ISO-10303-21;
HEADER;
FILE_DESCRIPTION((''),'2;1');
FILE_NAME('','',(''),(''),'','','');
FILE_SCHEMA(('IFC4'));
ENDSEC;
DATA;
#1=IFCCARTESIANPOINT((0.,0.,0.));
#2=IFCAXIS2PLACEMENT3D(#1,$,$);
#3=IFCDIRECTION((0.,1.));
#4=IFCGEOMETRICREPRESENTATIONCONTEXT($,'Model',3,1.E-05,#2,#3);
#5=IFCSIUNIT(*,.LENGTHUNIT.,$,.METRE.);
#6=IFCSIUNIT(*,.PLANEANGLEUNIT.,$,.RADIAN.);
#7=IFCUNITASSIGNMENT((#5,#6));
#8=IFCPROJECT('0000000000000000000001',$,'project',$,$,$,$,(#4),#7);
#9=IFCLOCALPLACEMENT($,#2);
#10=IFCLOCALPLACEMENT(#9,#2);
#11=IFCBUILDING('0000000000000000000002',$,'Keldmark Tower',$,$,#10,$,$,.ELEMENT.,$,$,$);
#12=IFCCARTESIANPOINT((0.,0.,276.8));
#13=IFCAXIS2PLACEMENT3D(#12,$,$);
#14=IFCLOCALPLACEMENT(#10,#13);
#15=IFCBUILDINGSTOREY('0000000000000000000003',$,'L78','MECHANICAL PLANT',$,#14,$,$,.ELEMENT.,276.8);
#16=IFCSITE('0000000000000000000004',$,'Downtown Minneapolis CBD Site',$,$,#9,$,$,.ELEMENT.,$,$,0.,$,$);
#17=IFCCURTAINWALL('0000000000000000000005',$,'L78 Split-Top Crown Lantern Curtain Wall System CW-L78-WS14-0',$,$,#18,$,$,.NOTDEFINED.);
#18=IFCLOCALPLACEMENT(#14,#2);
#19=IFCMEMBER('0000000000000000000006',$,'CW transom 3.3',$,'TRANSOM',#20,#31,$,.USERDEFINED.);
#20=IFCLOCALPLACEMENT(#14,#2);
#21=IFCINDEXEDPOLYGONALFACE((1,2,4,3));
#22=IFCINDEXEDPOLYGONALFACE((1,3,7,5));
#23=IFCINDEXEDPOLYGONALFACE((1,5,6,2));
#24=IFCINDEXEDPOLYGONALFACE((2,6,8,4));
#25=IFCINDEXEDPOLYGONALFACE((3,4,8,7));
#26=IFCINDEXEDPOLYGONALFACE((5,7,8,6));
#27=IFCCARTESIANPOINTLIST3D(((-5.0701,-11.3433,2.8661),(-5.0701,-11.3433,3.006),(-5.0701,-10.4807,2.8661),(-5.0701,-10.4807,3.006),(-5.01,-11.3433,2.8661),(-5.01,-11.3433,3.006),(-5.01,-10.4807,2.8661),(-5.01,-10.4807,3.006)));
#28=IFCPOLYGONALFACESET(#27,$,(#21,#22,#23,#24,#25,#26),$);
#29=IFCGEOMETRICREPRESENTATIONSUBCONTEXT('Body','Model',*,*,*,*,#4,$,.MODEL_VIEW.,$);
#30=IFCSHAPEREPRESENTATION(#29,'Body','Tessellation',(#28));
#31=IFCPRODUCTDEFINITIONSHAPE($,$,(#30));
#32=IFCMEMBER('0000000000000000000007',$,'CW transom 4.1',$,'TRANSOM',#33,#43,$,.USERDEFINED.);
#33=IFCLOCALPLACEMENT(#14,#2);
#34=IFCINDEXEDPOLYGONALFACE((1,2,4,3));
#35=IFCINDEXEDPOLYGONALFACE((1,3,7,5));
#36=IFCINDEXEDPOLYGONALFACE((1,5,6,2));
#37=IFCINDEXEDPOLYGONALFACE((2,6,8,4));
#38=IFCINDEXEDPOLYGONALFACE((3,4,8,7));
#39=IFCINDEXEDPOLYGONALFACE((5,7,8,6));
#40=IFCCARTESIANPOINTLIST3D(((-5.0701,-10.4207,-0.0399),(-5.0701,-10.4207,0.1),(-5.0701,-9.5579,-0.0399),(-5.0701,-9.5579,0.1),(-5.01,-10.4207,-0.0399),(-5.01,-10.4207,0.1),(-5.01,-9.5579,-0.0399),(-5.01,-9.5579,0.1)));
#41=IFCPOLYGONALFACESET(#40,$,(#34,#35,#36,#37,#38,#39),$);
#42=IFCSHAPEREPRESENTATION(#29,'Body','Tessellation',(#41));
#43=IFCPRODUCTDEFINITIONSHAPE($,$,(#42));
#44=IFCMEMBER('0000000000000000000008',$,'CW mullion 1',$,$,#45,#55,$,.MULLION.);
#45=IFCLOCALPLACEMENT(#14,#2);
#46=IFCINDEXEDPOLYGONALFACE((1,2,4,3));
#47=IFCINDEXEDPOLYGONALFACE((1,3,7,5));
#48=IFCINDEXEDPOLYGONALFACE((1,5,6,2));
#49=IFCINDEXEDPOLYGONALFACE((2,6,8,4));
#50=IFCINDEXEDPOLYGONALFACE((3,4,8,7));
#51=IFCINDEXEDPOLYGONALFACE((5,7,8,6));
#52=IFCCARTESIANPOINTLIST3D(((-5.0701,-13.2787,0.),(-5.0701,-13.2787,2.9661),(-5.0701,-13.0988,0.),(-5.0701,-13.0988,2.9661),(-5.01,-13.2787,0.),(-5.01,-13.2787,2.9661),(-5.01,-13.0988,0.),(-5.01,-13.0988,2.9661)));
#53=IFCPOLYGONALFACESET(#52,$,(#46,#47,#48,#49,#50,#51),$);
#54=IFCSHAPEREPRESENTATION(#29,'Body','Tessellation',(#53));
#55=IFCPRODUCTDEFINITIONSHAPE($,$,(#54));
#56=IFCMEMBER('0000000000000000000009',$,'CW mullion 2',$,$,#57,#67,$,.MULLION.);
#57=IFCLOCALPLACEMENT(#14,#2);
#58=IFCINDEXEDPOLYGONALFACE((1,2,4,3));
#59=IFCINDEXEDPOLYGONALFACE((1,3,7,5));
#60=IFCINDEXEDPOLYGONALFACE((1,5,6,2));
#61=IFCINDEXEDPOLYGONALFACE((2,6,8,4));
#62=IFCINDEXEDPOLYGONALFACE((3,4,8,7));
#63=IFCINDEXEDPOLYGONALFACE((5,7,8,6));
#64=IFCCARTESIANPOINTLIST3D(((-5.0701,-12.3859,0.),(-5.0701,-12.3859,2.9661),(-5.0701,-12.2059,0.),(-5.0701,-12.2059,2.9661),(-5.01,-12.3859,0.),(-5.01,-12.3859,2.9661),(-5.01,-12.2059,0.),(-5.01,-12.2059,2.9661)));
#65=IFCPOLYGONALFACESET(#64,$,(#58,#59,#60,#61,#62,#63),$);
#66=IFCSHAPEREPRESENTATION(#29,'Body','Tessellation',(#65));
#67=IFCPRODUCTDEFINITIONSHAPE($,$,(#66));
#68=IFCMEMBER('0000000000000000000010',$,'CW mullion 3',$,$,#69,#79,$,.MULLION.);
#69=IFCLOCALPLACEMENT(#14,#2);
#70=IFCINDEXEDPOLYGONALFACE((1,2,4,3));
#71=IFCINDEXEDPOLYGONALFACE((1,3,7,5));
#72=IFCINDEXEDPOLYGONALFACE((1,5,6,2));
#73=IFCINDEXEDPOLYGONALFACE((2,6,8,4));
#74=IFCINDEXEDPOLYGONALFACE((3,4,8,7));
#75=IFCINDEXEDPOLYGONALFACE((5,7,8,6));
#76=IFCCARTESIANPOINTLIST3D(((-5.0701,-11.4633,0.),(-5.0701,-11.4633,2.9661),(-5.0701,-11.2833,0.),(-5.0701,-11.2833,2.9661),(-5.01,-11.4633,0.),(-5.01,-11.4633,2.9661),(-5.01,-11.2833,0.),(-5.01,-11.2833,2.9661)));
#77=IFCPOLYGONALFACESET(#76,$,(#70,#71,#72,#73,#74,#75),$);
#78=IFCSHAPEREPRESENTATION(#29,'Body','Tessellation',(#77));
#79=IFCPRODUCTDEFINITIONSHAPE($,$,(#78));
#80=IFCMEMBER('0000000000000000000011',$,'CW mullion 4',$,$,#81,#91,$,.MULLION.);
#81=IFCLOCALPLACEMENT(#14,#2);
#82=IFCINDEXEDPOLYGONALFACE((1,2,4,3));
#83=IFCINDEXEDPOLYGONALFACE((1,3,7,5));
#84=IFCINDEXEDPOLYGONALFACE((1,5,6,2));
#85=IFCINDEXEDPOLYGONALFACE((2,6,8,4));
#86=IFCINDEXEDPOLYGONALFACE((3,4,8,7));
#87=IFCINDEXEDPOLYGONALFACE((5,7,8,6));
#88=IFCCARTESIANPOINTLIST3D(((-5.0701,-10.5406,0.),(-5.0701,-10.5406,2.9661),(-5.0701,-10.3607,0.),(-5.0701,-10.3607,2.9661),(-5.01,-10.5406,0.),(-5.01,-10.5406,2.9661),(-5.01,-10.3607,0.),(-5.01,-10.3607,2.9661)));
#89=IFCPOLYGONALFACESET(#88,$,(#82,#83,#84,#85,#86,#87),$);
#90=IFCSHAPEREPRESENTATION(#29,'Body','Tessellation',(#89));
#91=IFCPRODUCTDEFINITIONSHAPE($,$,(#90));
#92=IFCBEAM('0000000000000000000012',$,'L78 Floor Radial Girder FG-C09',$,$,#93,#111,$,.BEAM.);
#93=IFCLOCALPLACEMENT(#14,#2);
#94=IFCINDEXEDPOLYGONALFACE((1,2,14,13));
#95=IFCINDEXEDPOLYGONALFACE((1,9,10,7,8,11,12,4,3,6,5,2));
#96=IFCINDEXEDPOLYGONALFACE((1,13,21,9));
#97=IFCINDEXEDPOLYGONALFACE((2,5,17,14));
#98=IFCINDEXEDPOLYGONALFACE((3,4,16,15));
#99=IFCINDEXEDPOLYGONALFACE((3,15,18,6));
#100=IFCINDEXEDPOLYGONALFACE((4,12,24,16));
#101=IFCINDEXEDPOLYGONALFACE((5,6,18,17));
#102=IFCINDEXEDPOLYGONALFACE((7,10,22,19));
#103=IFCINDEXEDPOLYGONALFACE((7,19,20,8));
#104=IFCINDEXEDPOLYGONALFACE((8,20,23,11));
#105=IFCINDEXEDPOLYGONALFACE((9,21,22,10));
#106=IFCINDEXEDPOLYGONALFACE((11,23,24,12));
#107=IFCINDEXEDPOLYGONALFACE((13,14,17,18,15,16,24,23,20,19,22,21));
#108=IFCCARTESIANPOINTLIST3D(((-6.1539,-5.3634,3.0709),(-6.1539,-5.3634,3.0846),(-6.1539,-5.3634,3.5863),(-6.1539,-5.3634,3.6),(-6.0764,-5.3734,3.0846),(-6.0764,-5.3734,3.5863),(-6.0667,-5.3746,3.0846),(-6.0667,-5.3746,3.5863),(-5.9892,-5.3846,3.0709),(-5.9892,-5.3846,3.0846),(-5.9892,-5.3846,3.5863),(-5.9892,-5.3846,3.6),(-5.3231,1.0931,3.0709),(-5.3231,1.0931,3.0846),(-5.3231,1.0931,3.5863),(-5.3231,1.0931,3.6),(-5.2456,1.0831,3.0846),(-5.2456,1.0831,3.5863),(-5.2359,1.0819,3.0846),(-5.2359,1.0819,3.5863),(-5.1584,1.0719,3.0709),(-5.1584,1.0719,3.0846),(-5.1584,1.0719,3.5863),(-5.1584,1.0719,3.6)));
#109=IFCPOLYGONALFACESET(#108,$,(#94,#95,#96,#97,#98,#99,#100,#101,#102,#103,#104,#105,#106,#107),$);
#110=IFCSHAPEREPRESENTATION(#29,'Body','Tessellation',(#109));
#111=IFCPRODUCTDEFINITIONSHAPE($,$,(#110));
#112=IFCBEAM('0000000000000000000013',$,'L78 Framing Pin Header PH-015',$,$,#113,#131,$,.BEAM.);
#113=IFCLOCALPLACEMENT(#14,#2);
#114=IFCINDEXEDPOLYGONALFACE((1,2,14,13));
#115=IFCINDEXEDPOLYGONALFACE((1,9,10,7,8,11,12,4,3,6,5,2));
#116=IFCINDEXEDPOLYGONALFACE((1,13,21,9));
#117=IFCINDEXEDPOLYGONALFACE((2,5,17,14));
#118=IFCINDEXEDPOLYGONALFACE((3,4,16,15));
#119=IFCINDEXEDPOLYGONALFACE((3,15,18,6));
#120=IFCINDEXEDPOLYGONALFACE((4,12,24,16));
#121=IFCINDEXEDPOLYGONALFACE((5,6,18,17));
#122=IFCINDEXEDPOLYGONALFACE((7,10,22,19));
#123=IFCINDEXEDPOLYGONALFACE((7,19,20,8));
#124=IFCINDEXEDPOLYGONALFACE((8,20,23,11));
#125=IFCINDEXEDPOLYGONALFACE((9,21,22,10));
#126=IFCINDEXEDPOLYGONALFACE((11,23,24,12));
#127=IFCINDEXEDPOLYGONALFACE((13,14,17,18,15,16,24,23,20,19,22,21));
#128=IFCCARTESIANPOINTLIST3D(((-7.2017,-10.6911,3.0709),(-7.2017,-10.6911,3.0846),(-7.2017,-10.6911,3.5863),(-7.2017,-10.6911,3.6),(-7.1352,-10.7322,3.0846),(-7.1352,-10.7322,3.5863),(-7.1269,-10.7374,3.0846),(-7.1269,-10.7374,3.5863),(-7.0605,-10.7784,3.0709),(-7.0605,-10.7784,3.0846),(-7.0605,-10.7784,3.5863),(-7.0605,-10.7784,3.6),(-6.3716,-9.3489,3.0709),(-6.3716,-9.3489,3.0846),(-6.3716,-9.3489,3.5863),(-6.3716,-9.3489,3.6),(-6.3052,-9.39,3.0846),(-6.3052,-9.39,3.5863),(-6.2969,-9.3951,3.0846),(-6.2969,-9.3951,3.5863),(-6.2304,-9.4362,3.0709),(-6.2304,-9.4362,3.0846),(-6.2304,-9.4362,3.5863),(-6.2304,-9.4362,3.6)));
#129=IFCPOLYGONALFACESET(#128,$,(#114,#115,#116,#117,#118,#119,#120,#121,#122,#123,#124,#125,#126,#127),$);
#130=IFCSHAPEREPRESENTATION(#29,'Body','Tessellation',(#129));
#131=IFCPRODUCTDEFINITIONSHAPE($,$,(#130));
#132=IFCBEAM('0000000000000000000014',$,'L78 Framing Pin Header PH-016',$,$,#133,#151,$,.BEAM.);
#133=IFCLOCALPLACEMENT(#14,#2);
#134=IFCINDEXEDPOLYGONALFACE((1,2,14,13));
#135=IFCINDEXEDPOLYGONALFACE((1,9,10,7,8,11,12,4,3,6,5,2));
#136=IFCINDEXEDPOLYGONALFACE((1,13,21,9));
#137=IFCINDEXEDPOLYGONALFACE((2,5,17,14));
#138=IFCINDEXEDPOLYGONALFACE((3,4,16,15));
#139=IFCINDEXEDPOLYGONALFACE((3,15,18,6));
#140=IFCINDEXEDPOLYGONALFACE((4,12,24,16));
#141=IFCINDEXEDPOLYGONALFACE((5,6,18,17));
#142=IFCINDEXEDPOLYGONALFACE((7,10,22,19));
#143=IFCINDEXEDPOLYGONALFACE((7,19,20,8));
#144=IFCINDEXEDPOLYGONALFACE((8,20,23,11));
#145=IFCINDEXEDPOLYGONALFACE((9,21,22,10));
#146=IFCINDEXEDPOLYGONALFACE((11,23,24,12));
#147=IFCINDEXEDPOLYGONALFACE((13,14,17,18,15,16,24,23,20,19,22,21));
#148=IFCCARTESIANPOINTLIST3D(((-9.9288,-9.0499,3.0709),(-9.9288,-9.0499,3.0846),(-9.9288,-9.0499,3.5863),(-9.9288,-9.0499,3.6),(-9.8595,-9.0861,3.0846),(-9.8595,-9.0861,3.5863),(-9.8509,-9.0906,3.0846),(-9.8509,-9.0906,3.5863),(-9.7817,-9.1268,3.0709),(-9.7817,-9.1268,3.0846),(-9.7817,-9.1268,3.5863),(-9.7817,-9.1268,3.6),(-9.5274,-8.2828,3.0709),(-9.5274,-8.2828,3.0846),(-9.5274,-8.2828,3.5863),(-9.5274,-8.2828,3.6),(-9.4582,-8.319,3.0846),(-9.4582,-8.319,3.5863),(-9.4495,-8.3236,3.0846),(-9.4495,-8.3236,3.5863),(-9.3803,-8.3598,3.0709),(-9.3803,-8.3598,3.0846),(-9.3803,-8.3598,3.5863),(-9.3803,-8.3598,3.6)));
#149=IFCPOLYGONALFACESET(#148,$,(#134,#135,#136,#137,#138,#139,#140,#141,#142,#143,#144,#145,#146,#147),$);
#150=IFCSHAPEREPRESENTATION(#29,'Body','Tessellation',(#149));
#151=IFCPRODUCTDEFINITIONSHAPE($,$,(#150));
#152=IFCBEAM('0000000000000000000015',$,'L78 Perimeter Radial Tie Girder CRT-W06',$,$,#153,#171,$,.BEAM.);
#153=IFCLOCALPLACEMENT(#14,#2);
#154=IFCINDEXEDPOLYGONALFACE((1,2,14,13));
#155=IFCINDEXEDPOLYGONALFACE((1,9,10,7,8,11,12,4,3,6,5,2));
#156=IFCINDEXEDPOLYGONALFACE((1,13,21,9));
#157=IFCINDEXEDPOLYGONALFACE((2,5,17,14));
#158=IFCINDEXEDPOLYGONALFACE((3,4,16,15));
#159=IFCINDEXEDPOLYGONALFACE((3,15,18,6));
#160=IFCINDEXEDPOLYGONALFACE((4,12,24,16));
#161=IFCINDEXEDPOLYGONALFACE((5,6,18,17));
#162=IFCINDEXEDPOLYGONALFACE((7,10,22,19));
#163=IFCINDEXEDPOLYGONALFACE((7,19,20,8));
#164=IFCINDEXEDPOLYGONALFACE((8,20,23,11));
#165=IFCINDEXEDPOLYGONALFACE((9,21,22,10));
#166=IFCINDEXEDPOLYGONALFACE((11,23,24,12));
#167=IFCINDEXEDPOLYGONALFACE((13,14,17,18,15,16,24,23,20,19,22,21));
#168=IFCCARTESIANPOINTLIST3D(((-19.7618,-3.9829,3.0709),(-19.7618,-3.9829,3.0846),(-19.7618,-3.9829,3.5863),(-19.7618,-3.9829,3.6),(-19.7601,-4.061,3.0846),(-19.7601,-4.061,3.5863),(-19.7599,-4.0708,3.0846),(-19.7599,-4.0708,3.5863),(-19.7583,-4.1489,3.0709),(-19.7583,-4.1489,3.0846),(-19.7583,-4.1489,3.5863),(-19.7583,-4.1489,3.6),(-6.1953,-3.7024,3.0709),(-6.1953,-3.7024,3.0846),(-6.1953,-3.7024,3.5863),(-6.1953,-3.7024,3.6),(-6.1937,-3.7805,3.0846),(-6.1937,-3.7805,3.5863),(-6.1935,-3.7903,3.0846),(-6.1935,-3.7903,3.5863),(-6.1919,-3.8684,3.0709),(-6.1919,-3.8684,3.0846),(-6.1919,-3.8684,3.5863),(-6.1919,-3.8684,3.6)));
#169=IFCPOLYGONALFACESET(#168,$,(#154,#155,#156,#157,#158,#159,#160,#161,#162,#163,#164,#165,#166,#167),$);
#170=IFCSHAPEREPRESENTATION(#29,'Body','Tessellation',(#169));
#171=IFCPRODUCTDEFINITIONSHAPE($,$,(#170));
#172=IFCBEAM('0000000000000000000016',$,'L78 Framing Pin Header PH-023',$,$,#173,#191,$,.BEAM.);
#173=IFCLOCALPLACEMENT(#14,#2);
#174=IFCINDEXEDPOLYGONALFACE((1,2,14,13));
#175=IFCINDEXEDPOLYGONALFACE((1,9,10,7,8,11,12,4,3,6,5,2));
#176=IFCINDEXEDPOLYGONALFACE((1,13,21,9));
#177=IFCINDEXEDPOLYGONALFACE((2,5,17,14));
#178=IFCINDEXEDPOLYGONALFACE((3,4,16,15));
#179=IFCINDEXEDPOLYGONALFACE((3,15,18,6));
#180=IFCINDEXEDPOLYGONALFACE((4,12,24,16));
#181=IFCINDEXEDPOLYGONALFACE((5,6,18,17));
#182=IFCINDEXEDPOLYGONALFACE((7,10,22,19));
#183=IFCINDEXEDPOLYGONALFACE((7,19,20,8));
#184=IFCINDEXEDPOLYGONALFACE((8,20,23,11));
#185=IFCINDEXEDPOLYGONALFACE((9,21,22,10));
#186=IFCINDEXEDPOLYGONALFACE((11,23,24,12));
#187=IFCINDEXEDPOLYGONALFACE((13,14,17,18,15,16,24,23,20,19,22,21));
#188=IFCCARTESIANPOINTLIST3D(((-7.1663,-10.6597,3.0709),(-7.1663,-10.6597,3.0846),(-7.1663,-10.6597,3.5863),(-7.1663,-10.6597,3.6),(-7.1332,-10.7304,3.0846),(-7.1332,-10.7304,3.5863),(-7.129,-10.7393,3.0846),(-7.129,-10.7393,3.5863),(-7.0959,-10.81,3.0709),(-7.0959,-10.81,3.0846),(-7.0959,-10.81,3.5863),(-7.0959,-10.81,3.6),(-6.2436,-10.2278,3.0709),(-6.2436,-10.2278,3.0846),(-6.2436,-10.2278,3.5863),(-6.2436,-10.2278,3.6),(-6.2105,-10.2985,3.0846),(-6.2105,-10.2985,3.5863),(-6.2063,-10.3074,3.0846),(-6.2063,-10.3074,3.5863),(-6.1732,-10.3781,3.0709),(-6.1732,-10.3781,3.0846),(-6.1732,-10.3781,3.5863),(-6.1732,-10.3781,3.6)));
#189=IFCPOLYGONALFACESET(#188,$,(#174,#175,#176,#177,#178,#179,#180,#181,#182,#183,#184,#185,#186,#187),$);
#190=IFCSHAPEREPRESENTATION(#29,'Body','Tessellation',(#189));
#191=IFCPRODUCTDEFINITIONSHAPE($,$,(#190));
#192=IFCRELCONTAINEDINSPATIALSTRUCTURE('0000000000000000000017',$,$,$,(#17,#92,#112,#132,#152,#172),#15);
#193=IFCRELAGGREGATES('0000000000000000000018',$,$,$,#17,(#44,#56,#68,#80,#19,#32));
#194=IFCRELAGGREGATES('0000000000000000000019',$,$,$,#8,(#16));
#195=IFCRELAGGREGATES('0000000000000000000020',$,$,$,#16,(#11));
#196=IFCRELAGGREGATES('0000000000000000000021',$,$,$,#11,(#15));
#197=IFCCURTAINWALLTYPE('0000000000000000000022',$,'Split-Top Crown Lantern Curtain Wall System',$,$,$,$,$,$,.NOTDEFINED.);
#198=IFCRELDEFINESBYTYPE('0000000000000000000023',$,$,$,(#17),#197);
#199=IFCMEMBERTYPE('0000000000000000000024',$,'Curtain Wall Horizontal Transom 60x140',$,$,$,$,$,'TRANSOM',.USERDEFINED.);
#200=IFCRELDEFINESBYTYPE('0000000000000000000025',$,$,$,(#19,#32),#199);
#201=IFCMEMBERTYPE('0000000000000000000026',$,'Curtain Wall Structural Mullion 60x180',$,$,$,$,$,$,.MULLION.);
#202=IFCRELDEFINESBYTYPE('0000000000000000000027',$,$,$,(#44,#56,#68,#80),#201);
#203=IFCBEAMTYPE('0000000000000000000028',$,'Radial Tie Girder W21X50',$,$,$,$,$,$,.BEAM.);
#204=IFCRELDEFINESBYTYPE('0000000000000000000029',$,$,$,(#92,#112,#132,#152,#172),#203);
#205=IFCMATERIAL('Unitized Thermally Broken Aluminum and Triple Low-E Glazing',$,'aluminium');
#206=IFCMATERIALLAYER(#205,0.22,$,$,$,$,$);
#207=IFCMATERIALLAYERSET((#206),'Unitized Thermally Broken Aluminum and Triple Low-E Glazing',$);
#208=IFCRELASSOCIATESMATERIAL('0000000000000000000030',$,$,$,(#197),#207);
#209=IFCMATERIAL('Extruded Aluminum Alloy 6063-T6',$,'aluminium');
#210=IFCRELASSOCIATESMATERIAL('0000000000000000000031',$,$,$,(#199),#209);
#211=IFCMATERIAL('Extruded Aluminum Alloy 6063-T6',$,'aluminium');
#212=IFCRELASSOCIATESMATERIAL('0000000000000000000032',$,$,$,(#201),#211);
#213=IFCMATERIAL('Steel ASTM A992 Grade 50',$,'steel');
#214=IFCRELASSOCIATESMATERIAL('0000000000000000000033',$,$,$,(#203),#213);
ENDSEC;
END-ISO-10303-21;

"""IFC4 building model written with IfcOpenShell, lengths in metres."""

from ifc_helpers import new_model, si_unit, direction, frame, origin, origin_2d, place, context, subcontext, project, spatial, rectangle, i_section, extrude, material, layer, layer_set, material_profile, profile_set, type_object, element, aggregate, save


model = new_model("IFC4")

# Units and contexts
model_context = context("Model", 3, precision=1e-05, world=origin(), true_north=direction((0.0, 1.0)))
body_context = subcontext(model_context, "Body", "Model", "MODEL_VIEW")
ifc_project = project(units=[si_unit("LENGTHUNIT", "METRE"), si_unit("PLANEANGLEUNIT", "RADIAN")], contexts=[model_context])

# Site, building, storey
site_placement = place(None, origin())
site = spatial("IfcSite", under=ifc_project, at=site_placement, Name="Downtown Minneapolis CBD Site", CompositionType="ELEMENT", RefElevation=0.0)
building_placement = place(site_placement, origin())
building = spatial("IfcBuilding", under=site, at=building_placement, Name="Keldmark Tower", CompositionType="ELEMENT")
storey_placement = place(building_placement, frame((0.0, 0.0, 276.8)))
storey = spatial("IfcBuildingStorey", under=building, at=storey_placement, Name="L78", Description="MECHANICAL PLANT", CompositionType="ELEMENT", Elevation=276.8)

# Curtain wall, members
ifc_material_1 = material(Name="Unitized Thermally Broken Aluminum and Triple Low-E Glazing", Category="aluminium")
ifc_layer_1 = layer(ifc_material_1, 0.22)
ifc_layer_set_1 = layer_set([ifc_layer_1], Name="Unitized Thermally Broken Aluminum and Triple Low-E Glazing")
curtain_wall_type = type_object("IfcCurtainWallType", Name="Split-Top Crown Lantern Curtain Wall System", PredefinedType="NOTDEFINED", material=ifc_layer_set_1)
curtain_wall_placement = place(storey_placement, origin())
curtain_wall = element("IfcCurtainWall", 1, at=curtain_wall_placement, inside=storey, type_object=curtain_wall_type, Name="L78 Split-Top Crown Lantern Curtain Wall System CW-L78-WS14-0", PredefinedType="NOTDEFINED")
ifc_material_2 = material(Name="Extruded Aluminum Alloy 6063-T6", Category="aluminium")
ifc_material_profile_1 = material_profile(ifc_material_2, rectangle(XDim=0.0601, YDim=0.1399, at=origin_2d()), Name="CWT60X140")
ifc_profile_set_1 = profile_set([ifc_material_profile_1], Name="Extruded Aluminum Alloy 6063-T6")
member_type_1 = type_object("IfcMemberType", Name="Curtain Wall Horizontal Transom 60x140", ElementType="TRANSOM", PredefinedType="USERDEFINED", material=ifc_profile_set_1)
member_1_placement = place(storey_placement, frame((-5.04, -11.3433, 2.936), z_axis=(0.0, 1.0, 0.0), x_axis=(-1.0, 0.0, 0.0)))
member_1 = element("IfcMember", 2, at=member_1_placement, type_object=member_type_1, Name="CW transom 3.3", ObjectType="TRANSOM", PredefinedType="USERDEFINED", context=body_context, shape_type="SweptSolid", body=[
    extrude(rectangle(XDim=0.0601, YDim=0.1399, at=origin_2d()), origin(), (0.0, 0.0, 1.0), 0.8625),
])
member_2_placement = place(storey_placement, frame((-5.04, -10.4207, 0.03), z_axis=(0.0, 1.0, 0.0), x_axis=(-1.0, 0.0, 0.0)))
member_2 = element("IfcMember", 3, at=member_2_placement, type_object=member_type_1, Name="CW transom 4.1", ObjectType="TRANSOM", PredefinedType="USERDEFINED", context=body_context, shape_type="SweptSolid", body=[
    extrude(rectangle(XDim=0.0601, YDim=0.1399, at=origin_2d()), origin(), (0.0, 0.0, 1.0), 0.8628),
])
ifc_material_3 = material(Name="Extruded Aluminum Alloy 6063-T6", Category="aluminium")
ifc_material_profile_2 = material_profile(ifc_material_3, rectangle(XDim=0.0601, YDim=0.1799, at=origin_2d()), Name="CWM60X180")
ifc_profile_set_2 = profile_set([ifc_material_profile_2], Name="Extruded Aluminum Alloy 6063-T6")
member_type_2 = type_object("IfcMemberType", Name="Curtain Wall Structural Mullion 60x180", PredefinedType="MULLION", material=ifc_profile_set_2)
member_3_placement = place(storey_placement, frame((-5.04, -13.1887, 0.0), z_axis=(0.0, 0.0, 1.0), x_axis=(-1.0, 0.0, 0.0)))
member_3 = element("IfcMember", 4, at=member_3_placement, type_object=member_type_2, Name="CW mullion 1", PredefinedType="MULLION", context=body_context, shape_type="SweptSolid", body=[
    extrude(rectangle(XDim=0.0601, YDim=0.1799, at=origin_2d()), origin(), (0.0, 0.0, 1.0), 2.9661),
])
member_4_placement = place(storey_placement, frame((-5.04, -12.2959, 0.0), z_axis=(0.0, 0.0, 1.0), x_axis=(-1.0, 0.0, 0.0)))
member_4 = element("IfcMember", 5, at=member_4_placement, type_object=member_type_2, Name="CW mullion 2", PredefinedType="MULLION", context=body_context, shape_type="SweptSolid", body=[
    extrude(rectangle(XDim=0.0601, YDim=0.1799, at=origin_2d()), origin(), (0.0, 0.0, 1.0), 2.9661),
])
member_5_placement = place(storey_placement, frame((-5.04, -11.3733, 0.0), z_axis=(0.0, 0.0, 1.0), x_axis=(-1.0, 0.0, 0.0)))
member_5 = element("IfcMember", 6, at=member_5_placement, type_object=member_type_2, Name="CW mullion 3", PredefinedType="MULLION", context=body_context, shape_type="SweptSolid", body=[
    extrude(rectangle(XDim=0.0601, YDim=0.1799, at=origin_2d()), origin(), (0.0, 0.0, 1.0), 2.9661),
])
member_6_placement = place(storey_placement, frame((-5.04, -10.4507, 0.0), z_axis=(0.0, 0.0, 1.0), x_axis=(-1.0, 0.0, 0.0)))
member_6 = element("IfcMember", 7, at=member_6_placement, type_object=member_type_2, Name="CW mullion 4", PredefinedType="MULLION", context=body_context, shape_type="SweptSolid", body=[
    extrude(rectangle(XDim=0.0601, YDim=0.1799, at=origin_2d()), origin(), (0.0, 0.0, 1.0), 2.9661),
])

# Beams
ifc_material_4 = material(Name="Steel ASTM A992 Grade 50", Category="steel")
ifc_material_profile_3 = material_profile(ifc_material_4, i_section(OverallWidth=0.166, OverallDepth=0.5291, WebThickness=0.0098, FlangeThickness=0.0137, at=origin_2d()), Name="W21X50")
ifc_profile_set_3 = profile_set([ifc_material_profile_3], Name="Steel ASTM A992 Grade 50")
beam_type_1 = type_object("IfcBeamType", Name="Radial Tie Girder W21X50", PredefinedType="BEAM", material=ifc_profile_set_3)
beam_1_placement = place(storey_placement, frame((-6.0715, -5.374, 3.3354), z_axis=(0.127625, 0.991822, 0.0), x_axis=(-0.991822, 0.127625, 0.0)))
element("IfcBeam", 8, at=beam_1_placement, inside=storey, type_object=beam_type_1, Name="L78 Floor Radial Girder FG-C09", PredefinedType="BEAM", context=body_context, shape_type="SweptSolid", body=[
    extrude(i_section(OverallWidth=0.166, OverallDepth=0.5291, WebThickness=0.0098, FlangeThickness=0.0137, at=origin_2d()), origin(), (0.0, 0.0, 1.0), 6.5098),
])
beam_2_placement = place(storey_placement, frame((-6.301, -9.3926, 3.3354), z_axis=(-0.52596, -0.850509, 0.0), x_axis=(0.850509, -0.52596, 0.0)))
element("IfcBeam", 9, at=beam_2_placement, inside=storey, type_object=beam_type_1, Name="L78 Framing Pin Header PH-015", PredefinedType="BEAM", context=body_context, shape_type="SweptSolid", body=[
    extrude(i_section(OverallWidth=0.166, OverallDepth=0.5291, WebThickness=0.0098, FlangeThickness=0.0137, at=origin_2d()), origin(), (0.0, 0.0, 1.0), 1.5781),
])
beam_3_placement = place(storey_placement, frame((-9.4539, -8.3213, 3.3354), z_axis=(-0.463607, -0.886041, 0.0), x_axis=(0.886041, -0.463607, 0.0)))
element("IfcBeam", 10, at=beam_3_placement, inside=storey, type_object=beam_type_1, Name="L78 Framing Pin Header PH-016", PredefinedType="BEAM", context=body_context, shape_type="SweptSolid", body=[
    extrude(i_section(OverallWidth=0.166, OverallDepth=0.5291, WebThickness=0.0098, FlangeThickness=0.0137, at=origin_2d()), origin(), (0.0, 0.0, 1.0), 0.8657),
])
beam_4_placement = place(storey_placement, frame((-6.1936, -3.7854, 3.3354), z_axis=(-0.999786, -0.020673, 0.0), x_axis=(0.020673, -0.999786, 0.0)))
element("IfcBeam", 11, at=beam_4_placement, inside=storey, type_object=beam_type_1, Name="L78 Perimeter Radial Tie Girder CRT-W06", PredefinedType="BEAM", context=body_context, shape_type="SweptSolid", body=[
    extrude(i_section(OverallWidth=0.166, OverallDepth=0.5291, WebThickness=0.0098, FlangeThickness=0.0137, at=origin_2d()), origin(), (0.0, 0.0, 1.0), 13.5693),
])
beam_5_placement = place(storey_placement, frame((-7.1311, -10.7349, 3.3354), z_axis=(0.90568, 0.423961, 0.0), x_axis=(-0.423961, 0.90568, 0.0)))
element("IfcBeam", 12, at=beam_5_placement, inside=storey, type_object=beam_type_1, Name="L78 Framing Pin Header PH-023", PredefinedType="BEAM", context=body_context, shape_type="SweptSolid", body=[
    extrude(i_section(OverallWidth=0.166, OverallDepth=0.5291, WebThickness=0.0098, FlangeThickness=0.0137, at=origin_2d()), origin(), (0.0, 0.0, 1.0), 1.0188),
])

aggregate(curtain_wall, [member_3, member_4, member_5, member_6, member_1, member_2])

save(model, "model.ifc")
